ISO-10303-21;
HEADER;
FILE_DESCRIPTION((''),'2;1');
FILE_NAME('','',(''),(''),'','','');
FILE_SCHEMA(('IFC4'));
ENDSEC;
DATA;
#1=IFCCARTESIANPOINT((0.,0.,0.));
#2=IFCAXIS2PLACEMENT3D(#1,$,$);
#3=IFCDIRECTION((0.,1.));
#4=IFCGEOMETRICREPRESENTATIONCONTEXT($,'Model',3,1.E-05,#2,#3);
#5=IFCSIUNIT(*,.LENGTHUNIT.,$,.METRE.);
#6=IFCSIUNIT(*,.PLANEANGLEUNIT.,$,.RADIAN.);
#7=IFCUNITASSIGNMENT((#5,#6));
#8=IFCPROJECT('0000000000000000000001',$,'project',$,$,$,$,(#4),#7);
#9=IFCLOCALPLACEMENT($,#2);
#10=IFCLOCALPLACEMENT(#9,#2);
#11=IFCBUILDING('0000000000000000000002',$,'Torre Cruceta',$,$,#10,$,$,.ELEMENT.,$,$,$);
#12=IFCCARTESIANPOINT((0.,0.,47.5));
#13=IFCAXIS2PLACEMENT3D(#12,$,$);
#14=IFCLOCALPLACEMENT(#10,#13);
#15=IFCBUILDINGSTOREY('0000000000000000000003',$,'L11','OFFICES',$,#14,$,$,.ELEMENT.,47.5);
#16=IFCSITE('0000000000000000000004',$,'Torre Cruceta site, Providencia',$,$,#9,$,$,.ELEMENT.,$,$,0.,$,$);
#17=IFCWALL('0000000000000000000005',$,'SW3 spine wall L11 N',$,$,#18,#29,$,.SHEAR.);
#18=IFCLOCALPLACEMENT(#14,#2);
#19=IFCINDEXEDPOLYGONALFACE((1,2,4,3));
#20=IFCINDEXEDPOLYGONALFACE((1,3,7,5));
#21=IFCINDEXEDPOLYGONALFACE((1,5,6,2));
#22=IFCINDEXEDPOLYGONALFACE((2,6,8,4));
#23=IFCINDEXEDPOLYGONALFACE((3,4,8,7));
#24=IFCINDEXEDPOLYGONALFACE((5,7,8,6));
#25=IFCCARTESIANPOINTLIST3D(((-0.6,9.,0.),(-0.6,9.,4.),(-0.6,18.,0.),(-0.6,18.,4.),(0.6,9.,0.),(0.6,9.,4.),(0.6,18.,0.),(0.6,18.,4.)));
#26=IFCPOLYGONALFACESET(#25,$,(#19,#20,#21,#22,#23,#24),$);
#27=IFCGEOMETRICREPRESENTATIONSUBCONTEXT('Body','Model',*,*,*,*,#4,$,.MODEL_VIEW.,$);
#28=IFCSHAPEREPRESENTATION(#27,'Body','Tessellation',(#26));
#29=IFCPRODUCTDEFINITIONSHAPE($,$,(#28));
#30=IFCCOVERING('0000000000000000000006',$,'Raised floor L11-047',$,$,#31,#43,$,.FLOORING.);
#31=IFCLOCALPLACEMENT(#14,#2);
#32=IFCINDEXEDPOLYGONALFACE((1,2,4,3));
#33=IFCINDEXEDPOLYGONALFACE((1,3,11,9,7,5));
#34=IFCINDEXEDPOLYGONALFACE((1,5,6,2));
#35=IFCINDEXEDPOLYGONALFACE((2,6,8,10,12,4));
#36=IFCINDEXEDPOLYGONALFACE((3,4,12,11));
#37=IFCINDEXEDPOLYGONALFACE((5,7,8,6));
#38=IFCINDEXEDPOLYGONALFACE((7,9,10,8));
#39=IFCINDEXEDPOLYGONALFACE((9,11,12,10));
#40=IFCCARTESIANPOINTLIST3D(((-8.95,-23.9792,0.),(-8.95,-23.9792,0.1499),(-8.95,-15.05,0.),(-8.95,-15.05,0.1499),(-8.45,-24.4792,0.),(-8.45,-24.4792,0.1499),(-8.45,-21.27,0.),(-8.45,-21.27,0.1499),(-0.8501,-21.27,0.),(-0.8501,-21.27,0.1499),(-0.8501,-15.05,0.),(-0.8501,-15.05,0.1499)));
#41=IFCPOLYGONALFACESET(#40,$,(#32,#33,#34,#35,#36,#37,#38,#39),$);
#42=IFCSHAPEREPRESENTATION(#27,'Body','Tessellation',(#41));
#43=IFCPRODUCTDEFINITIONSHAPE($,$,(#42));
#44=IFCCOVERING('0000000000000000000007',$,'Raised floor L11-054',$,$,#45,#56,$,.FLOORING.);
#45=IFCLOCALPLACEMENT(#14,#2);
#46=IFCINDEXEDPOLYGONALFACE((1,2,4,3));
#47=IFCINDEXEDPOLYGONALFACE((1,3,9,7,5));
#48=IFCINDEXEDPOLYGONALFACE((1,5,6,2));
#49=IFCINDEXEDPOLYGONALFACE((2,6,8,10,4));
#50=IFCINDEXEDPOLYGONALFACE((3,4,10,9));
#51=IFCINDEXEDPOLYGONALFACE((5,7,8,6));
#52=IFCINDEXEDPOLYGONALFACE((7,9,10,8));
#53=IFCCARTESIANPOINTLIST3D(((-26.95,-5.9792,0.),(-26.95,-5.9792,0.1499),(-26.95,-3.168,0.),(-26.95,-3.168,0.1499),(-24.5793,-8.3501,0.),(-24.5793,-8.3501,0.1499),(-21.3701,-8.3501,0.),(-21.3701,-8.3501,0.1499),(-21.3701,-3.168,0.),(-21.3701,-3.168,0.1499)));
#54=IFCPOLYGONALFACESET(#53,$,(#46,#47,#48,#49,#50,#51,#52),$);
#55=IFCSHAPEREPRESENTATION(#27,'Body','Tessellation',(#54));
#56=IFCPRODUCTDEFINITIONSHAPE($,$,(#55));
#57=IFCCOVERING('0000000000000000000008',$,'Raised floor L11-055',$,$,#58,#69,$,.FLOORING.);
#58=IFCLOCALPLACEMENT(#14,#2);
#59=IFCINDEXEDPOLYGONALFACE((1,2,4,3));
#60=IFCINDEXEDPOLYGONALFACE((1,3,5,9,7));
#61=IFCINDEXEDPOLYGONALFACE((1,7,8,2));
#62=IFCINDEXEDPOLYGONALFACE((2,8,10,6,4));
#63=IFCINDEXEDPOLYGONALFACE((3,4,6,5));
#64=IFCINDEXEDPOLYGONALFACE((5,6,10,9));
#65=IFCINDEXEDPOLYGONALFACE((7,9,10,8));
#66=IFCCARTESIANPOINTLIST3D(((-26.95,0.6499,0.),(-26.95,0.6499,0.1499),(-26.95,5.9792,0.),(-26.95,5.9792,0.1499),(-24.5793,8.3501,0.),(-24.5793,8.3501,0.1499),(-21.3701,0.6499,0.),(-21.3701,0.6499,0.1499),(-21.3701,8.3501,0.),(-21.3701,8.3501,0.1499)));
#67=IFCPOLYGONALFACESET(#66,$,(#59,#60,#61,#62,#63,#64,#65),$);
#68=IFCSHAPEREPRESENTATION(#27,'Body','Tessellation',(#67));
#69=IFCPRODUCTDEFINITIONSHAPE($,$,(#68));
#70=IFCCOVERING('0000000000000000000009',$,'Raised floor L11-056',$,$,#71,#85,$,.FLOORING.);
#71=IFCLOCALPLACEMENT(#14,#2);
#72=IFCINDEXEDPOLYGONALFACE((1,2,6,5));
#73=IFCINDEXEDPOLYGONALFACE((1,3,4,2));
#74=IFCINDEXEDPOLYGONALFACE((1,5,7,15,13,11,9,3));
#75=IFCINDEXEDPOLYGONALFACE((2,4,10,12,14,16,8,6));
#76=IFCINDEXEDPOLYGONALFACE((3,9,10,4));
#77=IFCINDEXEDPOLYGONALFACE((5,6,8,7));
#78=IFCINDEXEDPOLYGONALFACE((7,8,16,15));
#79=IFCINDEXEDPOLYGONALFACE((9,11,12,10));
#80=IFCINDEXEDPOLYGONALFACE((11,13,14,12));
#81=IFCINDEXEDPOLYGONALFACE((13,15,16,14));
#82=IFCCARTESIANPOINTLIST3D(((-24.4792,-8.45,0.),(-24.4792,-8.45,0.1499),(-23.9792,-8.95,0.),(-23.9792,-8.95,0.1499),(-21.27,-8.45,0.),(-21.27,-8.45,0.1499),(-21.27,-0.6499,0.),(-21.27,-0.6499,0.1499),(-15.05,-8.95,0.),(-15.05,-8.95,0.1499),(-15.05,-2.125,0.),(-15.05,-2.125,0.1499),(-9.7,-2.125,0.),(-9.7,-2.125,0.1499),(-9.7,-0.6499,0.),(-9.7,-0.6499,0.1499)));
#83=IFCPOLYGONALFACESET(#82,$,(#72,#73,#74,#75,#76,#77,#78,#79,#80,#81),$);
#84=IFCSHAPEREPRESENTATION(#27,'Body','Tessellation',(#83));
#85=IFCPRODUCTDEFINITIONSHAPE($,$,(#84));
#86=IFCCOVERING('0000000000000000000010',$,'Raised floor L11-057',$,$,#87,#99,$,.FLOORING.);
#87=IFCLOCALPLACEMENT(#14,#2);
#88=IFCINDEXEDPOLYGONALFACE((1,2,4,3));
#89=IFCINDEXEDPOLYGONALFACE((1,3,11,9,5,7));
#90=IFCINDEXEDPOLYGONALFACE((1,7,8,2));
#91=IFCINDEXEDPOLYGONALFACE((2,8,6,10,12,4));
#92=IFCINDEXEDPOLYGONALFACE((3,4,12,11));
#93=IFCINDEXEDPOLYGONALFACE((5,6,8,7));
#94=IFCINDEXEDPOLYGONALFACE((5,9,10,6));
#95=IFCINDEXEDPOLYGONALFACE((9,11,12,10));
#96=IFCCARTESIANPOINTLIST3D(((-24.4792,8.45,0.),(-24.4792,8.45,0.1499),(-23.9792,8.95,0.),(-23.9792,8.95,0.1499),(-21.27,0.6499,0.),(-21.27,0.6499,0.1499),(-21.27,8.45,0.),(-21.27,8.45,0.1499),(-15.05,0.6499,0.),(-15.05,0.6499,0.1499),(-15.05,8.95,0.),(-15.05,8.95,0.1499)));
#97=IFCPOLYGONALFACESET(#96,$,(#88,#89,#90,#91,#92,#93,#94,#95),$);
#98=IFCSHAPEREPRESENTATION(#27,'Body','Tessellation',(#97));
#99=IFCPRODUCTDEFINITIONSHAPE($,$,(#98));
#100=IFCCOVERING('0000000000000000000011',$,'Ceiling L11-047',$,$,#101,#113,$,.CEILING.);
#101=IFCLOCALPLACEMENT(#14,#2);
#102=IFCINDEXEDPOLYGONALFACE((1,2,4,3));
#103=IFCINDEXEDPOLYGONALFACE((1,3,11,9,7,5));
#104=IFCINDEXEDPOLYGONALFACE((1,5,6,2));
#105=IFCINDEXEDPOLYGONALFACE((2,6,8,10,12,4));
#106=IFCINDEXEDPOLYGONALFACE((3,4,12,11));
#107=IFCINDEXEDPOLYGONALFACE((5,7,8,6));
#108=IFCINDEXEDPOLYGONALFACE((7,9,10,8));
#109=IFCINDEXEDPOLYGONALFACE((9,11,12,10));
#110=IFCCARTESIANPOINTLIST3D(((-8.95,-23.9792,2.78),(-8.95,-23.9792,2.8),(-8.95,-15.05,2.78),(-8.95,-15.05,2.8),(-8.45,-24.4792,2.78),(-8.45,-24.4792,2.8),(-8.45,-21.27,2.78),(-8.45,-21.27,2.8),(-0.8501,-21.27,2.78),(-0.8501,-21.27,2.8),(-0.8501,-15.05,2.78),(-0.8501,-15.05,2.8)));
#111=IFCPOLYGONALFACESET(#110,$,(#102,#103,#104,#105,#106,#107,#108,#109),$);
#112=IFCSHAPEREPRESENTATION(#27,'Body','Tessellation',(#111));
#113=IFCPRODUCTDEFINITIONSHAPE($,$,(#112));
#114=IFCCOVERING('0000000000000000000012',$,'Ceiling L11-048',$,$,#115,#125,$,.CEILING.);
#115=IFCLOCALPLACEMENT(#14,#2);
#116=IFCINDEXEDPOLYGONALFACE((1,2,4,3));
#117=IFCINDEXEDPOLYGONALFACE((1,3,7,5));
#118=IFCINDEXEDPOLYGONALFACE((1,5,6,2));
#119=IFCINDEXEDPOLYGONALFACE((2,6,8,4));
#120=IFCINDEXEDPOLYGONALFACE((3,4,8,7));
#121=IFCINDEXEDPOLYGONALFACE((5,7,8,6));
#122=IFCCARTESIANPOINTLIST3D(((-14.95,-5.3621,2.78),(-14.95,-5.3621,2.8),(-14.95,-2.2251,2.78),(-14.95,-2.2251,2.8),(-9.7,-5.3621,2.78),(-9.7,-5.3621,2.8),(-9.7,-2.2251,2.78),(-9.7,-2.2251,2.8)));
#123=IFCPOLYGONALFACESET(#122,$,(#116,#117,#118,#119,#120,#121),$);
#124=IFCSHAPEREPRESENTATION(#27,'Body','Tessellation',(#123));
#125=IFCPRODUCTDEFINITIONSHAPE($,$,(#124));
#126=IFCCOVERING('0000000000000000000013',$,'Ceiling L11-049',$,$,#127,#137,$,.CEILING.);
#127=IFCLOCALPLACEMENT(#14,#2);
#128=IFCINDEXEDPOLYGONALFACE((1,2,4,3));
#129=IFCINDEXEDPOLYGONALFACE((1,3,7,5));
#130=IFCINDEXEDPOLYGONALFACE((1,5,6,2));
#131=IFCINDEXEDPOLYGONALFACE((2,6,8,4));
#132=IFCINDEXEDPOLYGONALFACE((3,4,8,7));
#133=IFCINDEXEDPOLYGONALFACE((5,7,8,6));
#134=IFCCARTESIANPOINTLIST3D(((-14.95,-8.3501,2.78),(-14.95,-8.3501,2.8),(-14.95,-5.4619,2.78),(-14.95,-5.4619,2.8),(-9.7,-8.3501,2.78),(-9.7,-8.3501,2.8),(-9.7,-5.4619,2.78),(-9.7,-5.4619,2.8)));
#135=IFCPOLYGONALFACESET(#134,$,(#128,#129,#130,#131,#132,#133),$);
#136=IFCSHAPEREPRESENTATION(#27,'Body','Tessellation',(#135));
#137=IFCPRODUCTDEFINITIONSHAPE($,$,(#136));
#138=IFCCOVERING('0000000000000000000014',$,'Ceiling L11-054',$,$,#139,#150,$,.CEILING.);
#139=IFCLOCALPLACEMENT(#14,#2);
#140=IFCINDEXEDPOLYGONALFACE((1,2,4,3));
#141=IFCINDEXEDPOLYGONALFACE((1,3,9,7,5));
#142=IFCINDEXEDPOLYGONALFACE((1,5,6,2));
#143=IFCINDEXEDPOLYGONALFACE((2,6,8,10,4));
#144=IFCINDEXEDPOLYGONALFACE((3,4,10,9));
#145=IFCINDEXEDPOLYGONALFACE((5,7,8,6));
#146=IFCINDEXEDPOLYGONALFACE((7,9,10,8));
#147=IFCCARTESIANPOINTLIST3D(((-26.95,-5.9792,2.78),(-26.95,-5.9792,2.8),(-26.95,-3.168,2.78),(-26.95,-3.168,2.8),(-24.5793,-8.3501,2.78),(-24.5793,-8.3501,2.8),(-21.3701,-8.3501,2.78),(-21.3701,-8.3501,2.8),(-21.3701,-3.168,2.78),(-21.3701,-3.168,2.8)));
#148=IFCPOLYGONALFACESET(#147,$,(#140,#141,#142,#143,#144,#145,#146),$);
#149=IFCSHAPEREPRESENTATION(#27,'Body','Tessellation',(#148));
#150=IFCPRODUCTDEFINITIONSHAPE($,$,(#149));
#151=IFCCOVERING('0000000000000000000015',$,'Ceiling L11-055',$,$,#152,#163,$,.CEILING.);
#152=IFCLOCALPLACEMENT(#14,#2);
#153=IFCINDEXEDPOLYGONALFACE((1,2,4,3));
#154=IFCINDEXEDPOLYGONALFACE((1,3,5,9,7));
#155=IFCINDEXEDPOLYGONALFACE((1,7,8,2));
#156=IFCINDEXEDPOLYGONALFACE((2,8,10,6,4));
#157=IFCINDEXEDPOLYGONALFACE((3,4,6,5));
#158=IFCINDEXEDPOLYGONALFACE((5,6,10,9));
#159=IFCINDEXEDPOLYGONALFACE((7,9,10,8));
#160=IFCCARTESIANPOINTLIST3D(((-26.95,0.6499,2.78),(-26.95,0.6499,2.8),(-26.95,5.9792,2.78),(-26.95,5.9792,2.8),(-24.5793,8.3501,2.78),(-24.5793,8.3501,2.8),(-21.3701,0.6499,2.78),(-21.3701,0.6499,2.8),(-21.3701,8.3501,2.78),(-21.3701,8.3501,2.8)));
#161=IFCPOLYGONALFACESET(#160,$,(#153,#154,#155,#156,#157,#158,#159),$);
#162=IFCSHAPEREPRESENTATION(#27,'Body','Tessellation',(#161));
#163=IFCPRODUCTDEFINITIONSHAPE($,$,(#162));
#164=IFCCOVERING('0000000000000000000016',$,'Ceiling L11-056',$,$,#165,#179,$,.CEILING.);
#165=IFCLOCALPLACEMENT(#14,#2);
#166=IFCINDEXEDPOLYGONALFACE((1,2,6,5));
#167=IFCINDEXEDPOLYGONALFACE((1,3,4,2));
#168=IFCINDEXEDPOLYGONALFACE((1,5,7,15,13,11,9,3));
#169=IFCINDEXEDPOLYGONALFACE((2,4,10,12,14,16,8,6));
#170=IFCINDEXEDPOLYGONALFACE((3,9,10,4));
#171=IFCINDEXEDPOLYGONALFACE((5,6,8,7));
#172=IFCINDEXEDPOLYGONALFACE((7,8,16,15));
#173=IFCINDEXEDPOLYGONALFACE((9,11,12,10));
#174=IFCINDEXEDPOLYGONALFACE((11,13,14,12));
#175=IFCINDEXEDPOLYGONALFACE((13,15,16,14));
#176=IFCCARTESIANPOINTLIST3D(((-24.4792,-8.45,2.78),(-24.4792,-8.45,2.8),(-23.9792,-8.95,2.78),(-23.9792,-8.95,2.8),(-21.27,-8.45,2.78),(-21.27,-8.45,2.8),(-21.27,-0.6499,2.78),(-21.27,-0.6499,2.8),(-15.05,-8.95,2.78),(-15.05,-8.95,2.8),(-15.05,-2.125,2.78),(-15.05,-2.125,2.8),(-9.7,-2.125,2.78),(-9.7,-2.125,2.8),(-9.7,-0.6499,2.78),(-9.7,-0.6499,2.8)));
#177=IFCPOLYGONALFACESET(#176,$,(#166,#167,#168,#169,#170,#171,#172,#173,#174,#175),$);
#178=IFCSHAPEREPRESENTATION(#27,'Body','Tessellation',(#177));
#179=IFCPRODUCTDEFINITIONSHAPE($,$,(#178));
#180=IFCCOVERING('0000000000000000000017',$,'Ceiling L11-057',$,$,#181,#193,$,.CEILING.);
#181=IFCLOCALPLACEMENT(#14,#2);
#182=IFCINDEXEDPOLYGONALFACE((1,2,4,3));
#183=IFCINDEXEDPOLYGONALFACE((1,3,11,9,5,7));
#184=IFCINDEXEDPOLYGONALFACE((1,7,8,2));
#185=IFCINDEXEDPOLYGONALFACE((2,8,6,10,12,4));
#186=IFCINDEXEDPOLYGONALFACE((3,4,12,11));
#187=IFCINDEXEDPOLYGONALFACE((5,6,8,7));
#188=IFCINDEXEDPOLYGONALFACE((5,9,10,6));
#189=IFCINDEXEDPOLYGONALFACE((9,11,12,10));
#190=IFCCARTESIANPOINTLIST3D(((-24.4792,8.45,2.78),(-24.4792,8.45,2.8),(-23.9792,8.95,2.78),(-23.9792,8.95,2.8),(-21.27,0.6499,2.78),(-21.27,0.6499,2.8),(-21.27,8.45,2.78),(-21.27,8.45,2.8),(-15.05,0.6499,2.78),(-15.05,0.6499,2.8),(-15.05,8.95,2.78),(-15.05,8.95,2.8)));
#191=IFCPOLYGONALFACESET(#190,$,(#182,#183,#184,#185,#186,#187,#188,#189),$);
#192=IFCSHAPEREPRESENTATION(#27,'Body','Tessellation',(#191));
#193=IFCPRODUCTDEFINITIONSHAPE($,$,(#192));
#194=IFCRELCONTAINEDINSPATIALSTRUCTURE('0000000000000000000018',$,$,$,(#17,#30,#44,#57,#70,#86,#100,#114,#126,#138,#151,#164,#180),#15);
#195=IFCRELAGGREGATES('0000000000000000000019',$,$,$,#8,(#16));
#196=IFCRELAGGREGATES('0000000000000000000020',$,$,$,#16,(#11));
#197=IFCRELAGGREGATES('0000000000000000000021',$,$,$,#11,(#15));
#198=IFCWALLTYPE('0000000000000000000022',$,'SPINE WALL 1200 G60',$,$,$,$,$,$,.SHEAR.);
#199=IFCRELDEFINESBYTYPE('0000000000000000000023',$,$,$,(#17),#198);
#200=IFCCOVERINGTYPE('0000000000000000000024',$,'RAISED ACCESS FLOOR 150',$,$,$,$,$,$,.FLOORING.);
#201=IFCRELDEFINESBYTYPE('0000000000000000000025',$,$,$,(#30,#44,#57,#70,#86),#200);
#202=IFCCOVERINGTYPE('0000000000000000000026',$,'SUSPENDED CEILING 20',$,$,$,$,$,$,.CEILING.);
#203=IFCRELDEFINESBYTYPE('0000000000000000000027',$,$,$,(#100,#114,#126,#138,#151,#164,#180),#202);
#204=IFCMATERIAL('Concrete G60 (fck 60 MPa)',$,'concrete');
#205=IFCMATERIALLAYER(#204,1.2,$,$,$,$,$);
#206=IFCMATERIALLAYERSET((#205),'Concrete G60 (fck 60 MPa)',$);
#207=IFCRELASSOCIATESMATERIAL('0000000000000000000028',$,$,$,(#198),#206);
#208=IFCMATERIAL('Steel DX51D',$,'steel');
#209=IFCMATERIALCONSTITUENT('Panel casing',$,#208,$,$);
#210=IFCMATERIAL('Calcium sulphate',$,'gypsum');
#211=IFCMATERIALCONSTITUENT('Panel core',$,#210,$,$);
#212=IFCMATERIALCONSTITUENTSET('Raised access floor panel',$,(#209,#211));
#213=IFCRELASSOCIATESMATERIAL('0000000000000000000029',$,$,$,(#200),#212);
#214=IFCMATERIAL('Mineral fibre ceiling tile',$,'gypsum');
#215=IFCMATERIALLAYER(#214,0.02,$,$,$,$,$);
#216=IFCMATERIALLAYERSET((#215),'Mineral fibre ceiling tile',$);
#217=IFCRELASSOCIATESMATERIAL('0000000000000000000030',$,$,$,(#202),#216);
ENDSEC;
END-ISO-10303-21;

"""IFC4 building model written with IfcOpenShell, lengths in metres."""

from ifc_helpers import new_model, si_unit, direction, frame, frame_2d, origin, place, context, subcontext, project, spatial, polyline, rectangle, outline, extrude, material, layer, layer_set, constituent, constituent_set, type_object, element, save


model = new_model("IFC4")

# Units and contexts
model_context = context("Model", 3, precision=1e-05, world=origin(), true_north=direction((0.0, 1.0)))
body_context = subcontext(model_context, "Body", "Model", "MODEL_VIEW")
ifc_project = project(units=[si_unit("LENGTHUNIT", "METRE"), si_unit("PLANEANGLEUNIT", "RADIAN")], contexts=[model_context])

# Site, building, storey
site_placement = place(None, origin())
site = spatial("IfcSite", under=ifc_project, at=site_placement, Name="Torre Cruceta site, Providencia", CompositionType="ELEMENT", RefElevation=0.0)
building_placement = place(site_placement, origin())
building = spatial("IfcBuilding", under=site, at=building_placement, Name="Torre Cruceta", CompositionType="ELEMENT")
storey_placement = place(building_placement, frame((0.0, 0.0, 47.5)))
storey = spatial("IfcBuildingStorey", under=building, at=storey_placement, Name="L11", Description="OFFICES", CompositionType="ELEMENT", Elevation=47.5)

# Wall
ifc_material_1 = material(Name="Concrete G60 (fck 60 MPa)", Category="concrete")
ifc_layer_1 = layer(ifc_material_1, 1.2)
ifc_layer_set_1 = layer_set([ifc_layer_1], Name="Concrete G60 (fck 60 MPa)")
wall_type_1 = type_object("IfcWallType", Name="SPINE WALL 1200 G60", PredefinedType="SHEAR", material=ifc_layer_set_1)
wall_1_placement = place(storey_placement, frame((0.0, 9.0, 0.0), z_axis=(0.0, 0.0, 1.0), x_axis=(0.0, 1.0, 0.0)))
element("IfcWall", 1, at=wall_1_placement, inside=storey, type_object=wall_type_1, Name="SW3 spine wall L11 N", PredefinedType="SHEAR", context=body_context, shape_type="SweptSolid", body=[
    extrude(rectangle(XDim=9.0, YDim=1.2, at=frame_2d((4.5, 0.0))), origin(), (0.0, 0.0, 1.0), 4.0),
])

# Coverings
ifc_material_2 = material(Name="Steel DX51D", Category="steel")
ifc_constituent_1 = constituent(ifc_material_2, Name="Panel casing")
ifc_material_3 = material(Name="Calcium sulphate", Category="gypsum")
ifc_constituent_2 = constituent(ifc_material_3, Name="Panel core")
ifc_constituent_set_1 = constituent_set(constituents=[ifc_constituent_1, ifc_constituent_2], Name="Raised access floor panel")
covering_type_1 = type_object("IfcCoveringType", Name="RAISED ACCESS FLOOR 150", PredefinedType="FLOORING", material=ifc_constituent_set_1)
covering_1_placement = place(storey_placement, origin())
element("IfcCovering", 2, at=covering_1_placement, inside=storey, type_object=covering_type_1, Name="Raised floor L11-047", PredefinedType="FLOORING", context=body_context, shape_type="SweptSolid", body=[
    extrude(outline(polyline([(-8.95, -15.05), (-0.8501, -15.05), (-0.8501, -21.27), (-8.45, -21.27), (-8.45, -24.4792), (-8.95, -23.9792), (-8.95, -15.05)])), origin(), (0.0, 0.0, 1.0), 0.1499),
])
covering_2_placement = place(storey_placement, origin())
element("IfcCovering", 3, at=covering_2_placement, inside=storey, type_object=covering_type_1, Name="Raised floor L11-054", PredefinedType="FLOORING", context=body_context, shape_type="SweptSolid", body=[
    extrude(outline(polyline([(-26.95, -3.168), (-21.3701, -3.168), (-21.3701, -8.3501), (-24.5793, -8.3501), (-26.95, -5.9792), (-26.95, -3.168)])), origin(), (0.0, 0.0, 1.0), 0.1499),
])
covering_3_placement = place(storey_placement, origin())
element("IfcCovering", 4, at=covering_3_placement, inside=storey, type_object=covering_type_1, Name="Raised floor L11-055", PredefinedType="FLOORING", context=body_context, shape_type="SweptSolid", body=[
    extrude(outline(polyline([(-24.5793, 8.3501), (-21.3701, 8.3501), (-21.3701, 0.6499), (-26.95, 0.6499), (-26.95, 5.9792), (-24.5793, 8.3501)])), origin(), (0.0, 0.0, 1.0), 0.1499),
])
covering_4_placement = place(storey_placement, origin())
element("IfcCovering", 5, at=covering_4_placement, inside=storey, type_object=covering_type_1, Name="Raised floor L11-056", PredefinedType="FLOORING", context=body_context, shape_type="SweptSolid", body=[
    extrude(outline(polyline([(-9.7, -2.125), (-15.05, -2.125), (-15.05, -8.95), (-23.9792, -8.95), (-24.4792, -8.45), (-21.27, -8.45), (-21.27, -0.6499), (-9.7, -0.6499), (-9.7, -2.125)])), origin(), (0.0, 0.0, 1.0), 0.1499),
])
covering_5_placement = place(storey_placement, origin())
element("IfcCovering", 6, at=covering_5_placement, inside=storey, type_object=covering_type_1, Name="Raised floor L11-057", PredefinedType="FLOORING", context=body_context, shape_type="SweptSolid", body=[
    extrude(outline(polyline([(-15.05, 8.95), (-15.05, 0.6499), (-21.27, 0.6499), (-21.27, 8.45), (-24.4792, 8.45), (-23.9792, 8.95), (-15.05, 8.95)])), origin(), (0.0, 0.0, 1.0), 0.1499),
])
ifc_material_4 = material(Name="Mineral fibre ceiling tile", Category="gypsum")
ifc_layer_2 = layer(ifc_material_4, 0.02)
ifc_layer_set_2 = layer_set([ifc_layer_2], Name="Mineral fibre ceiling tile")
covering_type_2 = type_object("IfcCoveringType", Name="SUSPENDED CEILING 20", PredefinedType="CEILING", material=ifc_layer_set_2)
covering_6_placement = place(storey_placement, frame((0.0, 0.0, 2.78)))
element("IfcCovering", 7, at=covering_6_placement, inside=storey, type_object=covering_type_2, Name="Ceiling L11-047", PredefinedType="CEILING", context=body_context, shape_type="SweptSolid", body=[
    extrude(outline(polyline([(-8.95, -15.05), (-0.8501, -15.05), (-0.8501, -21.27), (-8.45, -21.27), (-8.45, -24.4792), (-8.95, -23.9792), (-8.95, -15.05)])), origin(), (0.0, 0.0, 1.0), 0.02),
])
covering_7_placement = place(storey_placement, frame((0.0, 0.0, 2.78)))
element("IfcCovering", 8, at=covering_7_placement, inside=storey, type_object=covering_type_2, Name="Ceiling L11-048", PredefinedType="CEILING", context=body_context, shape_type="SweptSolid", body=[
    extrude(outline(polyline([(-9.7, -2.2251), (-9.7, -5.3621), (-14.95, -5.3621), (-14.95, -2.2251), (-9.7, -2.2251)])), origin(), (0.0, 0.0, 1.0), 0.02),
])
covering_8_placement = place(storey_placement, frame((0.0, 0.0, 2.78)))
element("IfcCovering", 9, at=covering_8_placement, inside=storey, type_object=covering_type_2, Name="Ceiling L11-049", PredefinedType="CEILING", context=body_context, shape_type="SweptSolid", body=[
    extrude(outline(polyline([(-9.7, -5.4619), (-9.7, -8.3501), (-14.95, -8.3501), (-14.95, -5.4619), (-9.7, -5.4619)])), origin(), (0.0, 0.0, 1.0), 0.02),
])
covering_9_placement = place(storey_placement, frame((0.0, 0.0, 2.78)))
element("IfcCovering", 10, at=covering_9_placement, inside=storey, type_object=covering_type_2, Name="Ceiling L11-054", PredefinedType="CEILING", context=body_context, shape_type="SweptSolid", body=[
    extrude(outline(polyline([(-26.95, -3.168), (-21.3701, -3.168), (-21.3701, -8.3501), (-24.5793, -8.3501), (-26.95, -5.9792), (-26.95, -3.168)])), origin(), (0.0, 0.0, 1.0), 0.02),
])
covering_10_placement = place(storey_placement, frame((0.0, 0.0, 2.78)))
element("IfcCovering", 11, at=covering_10_placement, inside=storey, type_object=covering_type_2, Name="Ceiling L11-055", PredefinedType="CEILING", context=body_context, shape_type="SweptSolid", body=[
    extrude(outline(polyline([(-24.5793, 8.3501), (-21.3701, 8.3501), (-21.3701, 0.6499), (-26.95, 0.6499), (-26.95, 5.9792), (-24.5793, 8.3501)])), origin(), (0.0, 0.0, 1.0), 0.02),
])
covering_11_placement = place(storey_placement, frame((0.0, 0.0, 2.78)))
element("IfcCovering", 12, at=covering_11_placement, inside=storey, type_object=covering_type_2, Name="Ceiling L11-056", PredefinedType="CEILING", context=body_context, shape_type="SweptSolid", body=[
    extrude(outline(polyline([(-9.7, -2.125), (-15.05, -2.125), (-15.05, -8.95), (-23.9792, -8.95), (-24.4792, -8.45), (-21.27, -8.45), (-21.27, -0.6499), (-9.7, -0.6499), (-9.7, -2.125)])), origin(), (0.0, 0.0, 1.0), 0.02),
])
covering_12_placement = place(storey_placement, frame((0.0, 0.0, 2.78)))
element("IfcCovering", 13, at=covering_12_placement, inside=storey, type_object=covering_type_2, Name="Ceiling L11-057", PredefinedType="CEILING", context=body_context, shape_type="SweptSolid", body=[
    extrude(outline(polyline([(-15.05, 8.95), (-15.05, 0.6499), (-21.27, 0.6499), (-21.27, 8.45), (-24.4792, 8.45), (-23.9792, 8.95), (-15.05, 8.95)])), origin(), (0.0, 0.0, 1.0), 0.02),
])

save(model, "model.ifc")
